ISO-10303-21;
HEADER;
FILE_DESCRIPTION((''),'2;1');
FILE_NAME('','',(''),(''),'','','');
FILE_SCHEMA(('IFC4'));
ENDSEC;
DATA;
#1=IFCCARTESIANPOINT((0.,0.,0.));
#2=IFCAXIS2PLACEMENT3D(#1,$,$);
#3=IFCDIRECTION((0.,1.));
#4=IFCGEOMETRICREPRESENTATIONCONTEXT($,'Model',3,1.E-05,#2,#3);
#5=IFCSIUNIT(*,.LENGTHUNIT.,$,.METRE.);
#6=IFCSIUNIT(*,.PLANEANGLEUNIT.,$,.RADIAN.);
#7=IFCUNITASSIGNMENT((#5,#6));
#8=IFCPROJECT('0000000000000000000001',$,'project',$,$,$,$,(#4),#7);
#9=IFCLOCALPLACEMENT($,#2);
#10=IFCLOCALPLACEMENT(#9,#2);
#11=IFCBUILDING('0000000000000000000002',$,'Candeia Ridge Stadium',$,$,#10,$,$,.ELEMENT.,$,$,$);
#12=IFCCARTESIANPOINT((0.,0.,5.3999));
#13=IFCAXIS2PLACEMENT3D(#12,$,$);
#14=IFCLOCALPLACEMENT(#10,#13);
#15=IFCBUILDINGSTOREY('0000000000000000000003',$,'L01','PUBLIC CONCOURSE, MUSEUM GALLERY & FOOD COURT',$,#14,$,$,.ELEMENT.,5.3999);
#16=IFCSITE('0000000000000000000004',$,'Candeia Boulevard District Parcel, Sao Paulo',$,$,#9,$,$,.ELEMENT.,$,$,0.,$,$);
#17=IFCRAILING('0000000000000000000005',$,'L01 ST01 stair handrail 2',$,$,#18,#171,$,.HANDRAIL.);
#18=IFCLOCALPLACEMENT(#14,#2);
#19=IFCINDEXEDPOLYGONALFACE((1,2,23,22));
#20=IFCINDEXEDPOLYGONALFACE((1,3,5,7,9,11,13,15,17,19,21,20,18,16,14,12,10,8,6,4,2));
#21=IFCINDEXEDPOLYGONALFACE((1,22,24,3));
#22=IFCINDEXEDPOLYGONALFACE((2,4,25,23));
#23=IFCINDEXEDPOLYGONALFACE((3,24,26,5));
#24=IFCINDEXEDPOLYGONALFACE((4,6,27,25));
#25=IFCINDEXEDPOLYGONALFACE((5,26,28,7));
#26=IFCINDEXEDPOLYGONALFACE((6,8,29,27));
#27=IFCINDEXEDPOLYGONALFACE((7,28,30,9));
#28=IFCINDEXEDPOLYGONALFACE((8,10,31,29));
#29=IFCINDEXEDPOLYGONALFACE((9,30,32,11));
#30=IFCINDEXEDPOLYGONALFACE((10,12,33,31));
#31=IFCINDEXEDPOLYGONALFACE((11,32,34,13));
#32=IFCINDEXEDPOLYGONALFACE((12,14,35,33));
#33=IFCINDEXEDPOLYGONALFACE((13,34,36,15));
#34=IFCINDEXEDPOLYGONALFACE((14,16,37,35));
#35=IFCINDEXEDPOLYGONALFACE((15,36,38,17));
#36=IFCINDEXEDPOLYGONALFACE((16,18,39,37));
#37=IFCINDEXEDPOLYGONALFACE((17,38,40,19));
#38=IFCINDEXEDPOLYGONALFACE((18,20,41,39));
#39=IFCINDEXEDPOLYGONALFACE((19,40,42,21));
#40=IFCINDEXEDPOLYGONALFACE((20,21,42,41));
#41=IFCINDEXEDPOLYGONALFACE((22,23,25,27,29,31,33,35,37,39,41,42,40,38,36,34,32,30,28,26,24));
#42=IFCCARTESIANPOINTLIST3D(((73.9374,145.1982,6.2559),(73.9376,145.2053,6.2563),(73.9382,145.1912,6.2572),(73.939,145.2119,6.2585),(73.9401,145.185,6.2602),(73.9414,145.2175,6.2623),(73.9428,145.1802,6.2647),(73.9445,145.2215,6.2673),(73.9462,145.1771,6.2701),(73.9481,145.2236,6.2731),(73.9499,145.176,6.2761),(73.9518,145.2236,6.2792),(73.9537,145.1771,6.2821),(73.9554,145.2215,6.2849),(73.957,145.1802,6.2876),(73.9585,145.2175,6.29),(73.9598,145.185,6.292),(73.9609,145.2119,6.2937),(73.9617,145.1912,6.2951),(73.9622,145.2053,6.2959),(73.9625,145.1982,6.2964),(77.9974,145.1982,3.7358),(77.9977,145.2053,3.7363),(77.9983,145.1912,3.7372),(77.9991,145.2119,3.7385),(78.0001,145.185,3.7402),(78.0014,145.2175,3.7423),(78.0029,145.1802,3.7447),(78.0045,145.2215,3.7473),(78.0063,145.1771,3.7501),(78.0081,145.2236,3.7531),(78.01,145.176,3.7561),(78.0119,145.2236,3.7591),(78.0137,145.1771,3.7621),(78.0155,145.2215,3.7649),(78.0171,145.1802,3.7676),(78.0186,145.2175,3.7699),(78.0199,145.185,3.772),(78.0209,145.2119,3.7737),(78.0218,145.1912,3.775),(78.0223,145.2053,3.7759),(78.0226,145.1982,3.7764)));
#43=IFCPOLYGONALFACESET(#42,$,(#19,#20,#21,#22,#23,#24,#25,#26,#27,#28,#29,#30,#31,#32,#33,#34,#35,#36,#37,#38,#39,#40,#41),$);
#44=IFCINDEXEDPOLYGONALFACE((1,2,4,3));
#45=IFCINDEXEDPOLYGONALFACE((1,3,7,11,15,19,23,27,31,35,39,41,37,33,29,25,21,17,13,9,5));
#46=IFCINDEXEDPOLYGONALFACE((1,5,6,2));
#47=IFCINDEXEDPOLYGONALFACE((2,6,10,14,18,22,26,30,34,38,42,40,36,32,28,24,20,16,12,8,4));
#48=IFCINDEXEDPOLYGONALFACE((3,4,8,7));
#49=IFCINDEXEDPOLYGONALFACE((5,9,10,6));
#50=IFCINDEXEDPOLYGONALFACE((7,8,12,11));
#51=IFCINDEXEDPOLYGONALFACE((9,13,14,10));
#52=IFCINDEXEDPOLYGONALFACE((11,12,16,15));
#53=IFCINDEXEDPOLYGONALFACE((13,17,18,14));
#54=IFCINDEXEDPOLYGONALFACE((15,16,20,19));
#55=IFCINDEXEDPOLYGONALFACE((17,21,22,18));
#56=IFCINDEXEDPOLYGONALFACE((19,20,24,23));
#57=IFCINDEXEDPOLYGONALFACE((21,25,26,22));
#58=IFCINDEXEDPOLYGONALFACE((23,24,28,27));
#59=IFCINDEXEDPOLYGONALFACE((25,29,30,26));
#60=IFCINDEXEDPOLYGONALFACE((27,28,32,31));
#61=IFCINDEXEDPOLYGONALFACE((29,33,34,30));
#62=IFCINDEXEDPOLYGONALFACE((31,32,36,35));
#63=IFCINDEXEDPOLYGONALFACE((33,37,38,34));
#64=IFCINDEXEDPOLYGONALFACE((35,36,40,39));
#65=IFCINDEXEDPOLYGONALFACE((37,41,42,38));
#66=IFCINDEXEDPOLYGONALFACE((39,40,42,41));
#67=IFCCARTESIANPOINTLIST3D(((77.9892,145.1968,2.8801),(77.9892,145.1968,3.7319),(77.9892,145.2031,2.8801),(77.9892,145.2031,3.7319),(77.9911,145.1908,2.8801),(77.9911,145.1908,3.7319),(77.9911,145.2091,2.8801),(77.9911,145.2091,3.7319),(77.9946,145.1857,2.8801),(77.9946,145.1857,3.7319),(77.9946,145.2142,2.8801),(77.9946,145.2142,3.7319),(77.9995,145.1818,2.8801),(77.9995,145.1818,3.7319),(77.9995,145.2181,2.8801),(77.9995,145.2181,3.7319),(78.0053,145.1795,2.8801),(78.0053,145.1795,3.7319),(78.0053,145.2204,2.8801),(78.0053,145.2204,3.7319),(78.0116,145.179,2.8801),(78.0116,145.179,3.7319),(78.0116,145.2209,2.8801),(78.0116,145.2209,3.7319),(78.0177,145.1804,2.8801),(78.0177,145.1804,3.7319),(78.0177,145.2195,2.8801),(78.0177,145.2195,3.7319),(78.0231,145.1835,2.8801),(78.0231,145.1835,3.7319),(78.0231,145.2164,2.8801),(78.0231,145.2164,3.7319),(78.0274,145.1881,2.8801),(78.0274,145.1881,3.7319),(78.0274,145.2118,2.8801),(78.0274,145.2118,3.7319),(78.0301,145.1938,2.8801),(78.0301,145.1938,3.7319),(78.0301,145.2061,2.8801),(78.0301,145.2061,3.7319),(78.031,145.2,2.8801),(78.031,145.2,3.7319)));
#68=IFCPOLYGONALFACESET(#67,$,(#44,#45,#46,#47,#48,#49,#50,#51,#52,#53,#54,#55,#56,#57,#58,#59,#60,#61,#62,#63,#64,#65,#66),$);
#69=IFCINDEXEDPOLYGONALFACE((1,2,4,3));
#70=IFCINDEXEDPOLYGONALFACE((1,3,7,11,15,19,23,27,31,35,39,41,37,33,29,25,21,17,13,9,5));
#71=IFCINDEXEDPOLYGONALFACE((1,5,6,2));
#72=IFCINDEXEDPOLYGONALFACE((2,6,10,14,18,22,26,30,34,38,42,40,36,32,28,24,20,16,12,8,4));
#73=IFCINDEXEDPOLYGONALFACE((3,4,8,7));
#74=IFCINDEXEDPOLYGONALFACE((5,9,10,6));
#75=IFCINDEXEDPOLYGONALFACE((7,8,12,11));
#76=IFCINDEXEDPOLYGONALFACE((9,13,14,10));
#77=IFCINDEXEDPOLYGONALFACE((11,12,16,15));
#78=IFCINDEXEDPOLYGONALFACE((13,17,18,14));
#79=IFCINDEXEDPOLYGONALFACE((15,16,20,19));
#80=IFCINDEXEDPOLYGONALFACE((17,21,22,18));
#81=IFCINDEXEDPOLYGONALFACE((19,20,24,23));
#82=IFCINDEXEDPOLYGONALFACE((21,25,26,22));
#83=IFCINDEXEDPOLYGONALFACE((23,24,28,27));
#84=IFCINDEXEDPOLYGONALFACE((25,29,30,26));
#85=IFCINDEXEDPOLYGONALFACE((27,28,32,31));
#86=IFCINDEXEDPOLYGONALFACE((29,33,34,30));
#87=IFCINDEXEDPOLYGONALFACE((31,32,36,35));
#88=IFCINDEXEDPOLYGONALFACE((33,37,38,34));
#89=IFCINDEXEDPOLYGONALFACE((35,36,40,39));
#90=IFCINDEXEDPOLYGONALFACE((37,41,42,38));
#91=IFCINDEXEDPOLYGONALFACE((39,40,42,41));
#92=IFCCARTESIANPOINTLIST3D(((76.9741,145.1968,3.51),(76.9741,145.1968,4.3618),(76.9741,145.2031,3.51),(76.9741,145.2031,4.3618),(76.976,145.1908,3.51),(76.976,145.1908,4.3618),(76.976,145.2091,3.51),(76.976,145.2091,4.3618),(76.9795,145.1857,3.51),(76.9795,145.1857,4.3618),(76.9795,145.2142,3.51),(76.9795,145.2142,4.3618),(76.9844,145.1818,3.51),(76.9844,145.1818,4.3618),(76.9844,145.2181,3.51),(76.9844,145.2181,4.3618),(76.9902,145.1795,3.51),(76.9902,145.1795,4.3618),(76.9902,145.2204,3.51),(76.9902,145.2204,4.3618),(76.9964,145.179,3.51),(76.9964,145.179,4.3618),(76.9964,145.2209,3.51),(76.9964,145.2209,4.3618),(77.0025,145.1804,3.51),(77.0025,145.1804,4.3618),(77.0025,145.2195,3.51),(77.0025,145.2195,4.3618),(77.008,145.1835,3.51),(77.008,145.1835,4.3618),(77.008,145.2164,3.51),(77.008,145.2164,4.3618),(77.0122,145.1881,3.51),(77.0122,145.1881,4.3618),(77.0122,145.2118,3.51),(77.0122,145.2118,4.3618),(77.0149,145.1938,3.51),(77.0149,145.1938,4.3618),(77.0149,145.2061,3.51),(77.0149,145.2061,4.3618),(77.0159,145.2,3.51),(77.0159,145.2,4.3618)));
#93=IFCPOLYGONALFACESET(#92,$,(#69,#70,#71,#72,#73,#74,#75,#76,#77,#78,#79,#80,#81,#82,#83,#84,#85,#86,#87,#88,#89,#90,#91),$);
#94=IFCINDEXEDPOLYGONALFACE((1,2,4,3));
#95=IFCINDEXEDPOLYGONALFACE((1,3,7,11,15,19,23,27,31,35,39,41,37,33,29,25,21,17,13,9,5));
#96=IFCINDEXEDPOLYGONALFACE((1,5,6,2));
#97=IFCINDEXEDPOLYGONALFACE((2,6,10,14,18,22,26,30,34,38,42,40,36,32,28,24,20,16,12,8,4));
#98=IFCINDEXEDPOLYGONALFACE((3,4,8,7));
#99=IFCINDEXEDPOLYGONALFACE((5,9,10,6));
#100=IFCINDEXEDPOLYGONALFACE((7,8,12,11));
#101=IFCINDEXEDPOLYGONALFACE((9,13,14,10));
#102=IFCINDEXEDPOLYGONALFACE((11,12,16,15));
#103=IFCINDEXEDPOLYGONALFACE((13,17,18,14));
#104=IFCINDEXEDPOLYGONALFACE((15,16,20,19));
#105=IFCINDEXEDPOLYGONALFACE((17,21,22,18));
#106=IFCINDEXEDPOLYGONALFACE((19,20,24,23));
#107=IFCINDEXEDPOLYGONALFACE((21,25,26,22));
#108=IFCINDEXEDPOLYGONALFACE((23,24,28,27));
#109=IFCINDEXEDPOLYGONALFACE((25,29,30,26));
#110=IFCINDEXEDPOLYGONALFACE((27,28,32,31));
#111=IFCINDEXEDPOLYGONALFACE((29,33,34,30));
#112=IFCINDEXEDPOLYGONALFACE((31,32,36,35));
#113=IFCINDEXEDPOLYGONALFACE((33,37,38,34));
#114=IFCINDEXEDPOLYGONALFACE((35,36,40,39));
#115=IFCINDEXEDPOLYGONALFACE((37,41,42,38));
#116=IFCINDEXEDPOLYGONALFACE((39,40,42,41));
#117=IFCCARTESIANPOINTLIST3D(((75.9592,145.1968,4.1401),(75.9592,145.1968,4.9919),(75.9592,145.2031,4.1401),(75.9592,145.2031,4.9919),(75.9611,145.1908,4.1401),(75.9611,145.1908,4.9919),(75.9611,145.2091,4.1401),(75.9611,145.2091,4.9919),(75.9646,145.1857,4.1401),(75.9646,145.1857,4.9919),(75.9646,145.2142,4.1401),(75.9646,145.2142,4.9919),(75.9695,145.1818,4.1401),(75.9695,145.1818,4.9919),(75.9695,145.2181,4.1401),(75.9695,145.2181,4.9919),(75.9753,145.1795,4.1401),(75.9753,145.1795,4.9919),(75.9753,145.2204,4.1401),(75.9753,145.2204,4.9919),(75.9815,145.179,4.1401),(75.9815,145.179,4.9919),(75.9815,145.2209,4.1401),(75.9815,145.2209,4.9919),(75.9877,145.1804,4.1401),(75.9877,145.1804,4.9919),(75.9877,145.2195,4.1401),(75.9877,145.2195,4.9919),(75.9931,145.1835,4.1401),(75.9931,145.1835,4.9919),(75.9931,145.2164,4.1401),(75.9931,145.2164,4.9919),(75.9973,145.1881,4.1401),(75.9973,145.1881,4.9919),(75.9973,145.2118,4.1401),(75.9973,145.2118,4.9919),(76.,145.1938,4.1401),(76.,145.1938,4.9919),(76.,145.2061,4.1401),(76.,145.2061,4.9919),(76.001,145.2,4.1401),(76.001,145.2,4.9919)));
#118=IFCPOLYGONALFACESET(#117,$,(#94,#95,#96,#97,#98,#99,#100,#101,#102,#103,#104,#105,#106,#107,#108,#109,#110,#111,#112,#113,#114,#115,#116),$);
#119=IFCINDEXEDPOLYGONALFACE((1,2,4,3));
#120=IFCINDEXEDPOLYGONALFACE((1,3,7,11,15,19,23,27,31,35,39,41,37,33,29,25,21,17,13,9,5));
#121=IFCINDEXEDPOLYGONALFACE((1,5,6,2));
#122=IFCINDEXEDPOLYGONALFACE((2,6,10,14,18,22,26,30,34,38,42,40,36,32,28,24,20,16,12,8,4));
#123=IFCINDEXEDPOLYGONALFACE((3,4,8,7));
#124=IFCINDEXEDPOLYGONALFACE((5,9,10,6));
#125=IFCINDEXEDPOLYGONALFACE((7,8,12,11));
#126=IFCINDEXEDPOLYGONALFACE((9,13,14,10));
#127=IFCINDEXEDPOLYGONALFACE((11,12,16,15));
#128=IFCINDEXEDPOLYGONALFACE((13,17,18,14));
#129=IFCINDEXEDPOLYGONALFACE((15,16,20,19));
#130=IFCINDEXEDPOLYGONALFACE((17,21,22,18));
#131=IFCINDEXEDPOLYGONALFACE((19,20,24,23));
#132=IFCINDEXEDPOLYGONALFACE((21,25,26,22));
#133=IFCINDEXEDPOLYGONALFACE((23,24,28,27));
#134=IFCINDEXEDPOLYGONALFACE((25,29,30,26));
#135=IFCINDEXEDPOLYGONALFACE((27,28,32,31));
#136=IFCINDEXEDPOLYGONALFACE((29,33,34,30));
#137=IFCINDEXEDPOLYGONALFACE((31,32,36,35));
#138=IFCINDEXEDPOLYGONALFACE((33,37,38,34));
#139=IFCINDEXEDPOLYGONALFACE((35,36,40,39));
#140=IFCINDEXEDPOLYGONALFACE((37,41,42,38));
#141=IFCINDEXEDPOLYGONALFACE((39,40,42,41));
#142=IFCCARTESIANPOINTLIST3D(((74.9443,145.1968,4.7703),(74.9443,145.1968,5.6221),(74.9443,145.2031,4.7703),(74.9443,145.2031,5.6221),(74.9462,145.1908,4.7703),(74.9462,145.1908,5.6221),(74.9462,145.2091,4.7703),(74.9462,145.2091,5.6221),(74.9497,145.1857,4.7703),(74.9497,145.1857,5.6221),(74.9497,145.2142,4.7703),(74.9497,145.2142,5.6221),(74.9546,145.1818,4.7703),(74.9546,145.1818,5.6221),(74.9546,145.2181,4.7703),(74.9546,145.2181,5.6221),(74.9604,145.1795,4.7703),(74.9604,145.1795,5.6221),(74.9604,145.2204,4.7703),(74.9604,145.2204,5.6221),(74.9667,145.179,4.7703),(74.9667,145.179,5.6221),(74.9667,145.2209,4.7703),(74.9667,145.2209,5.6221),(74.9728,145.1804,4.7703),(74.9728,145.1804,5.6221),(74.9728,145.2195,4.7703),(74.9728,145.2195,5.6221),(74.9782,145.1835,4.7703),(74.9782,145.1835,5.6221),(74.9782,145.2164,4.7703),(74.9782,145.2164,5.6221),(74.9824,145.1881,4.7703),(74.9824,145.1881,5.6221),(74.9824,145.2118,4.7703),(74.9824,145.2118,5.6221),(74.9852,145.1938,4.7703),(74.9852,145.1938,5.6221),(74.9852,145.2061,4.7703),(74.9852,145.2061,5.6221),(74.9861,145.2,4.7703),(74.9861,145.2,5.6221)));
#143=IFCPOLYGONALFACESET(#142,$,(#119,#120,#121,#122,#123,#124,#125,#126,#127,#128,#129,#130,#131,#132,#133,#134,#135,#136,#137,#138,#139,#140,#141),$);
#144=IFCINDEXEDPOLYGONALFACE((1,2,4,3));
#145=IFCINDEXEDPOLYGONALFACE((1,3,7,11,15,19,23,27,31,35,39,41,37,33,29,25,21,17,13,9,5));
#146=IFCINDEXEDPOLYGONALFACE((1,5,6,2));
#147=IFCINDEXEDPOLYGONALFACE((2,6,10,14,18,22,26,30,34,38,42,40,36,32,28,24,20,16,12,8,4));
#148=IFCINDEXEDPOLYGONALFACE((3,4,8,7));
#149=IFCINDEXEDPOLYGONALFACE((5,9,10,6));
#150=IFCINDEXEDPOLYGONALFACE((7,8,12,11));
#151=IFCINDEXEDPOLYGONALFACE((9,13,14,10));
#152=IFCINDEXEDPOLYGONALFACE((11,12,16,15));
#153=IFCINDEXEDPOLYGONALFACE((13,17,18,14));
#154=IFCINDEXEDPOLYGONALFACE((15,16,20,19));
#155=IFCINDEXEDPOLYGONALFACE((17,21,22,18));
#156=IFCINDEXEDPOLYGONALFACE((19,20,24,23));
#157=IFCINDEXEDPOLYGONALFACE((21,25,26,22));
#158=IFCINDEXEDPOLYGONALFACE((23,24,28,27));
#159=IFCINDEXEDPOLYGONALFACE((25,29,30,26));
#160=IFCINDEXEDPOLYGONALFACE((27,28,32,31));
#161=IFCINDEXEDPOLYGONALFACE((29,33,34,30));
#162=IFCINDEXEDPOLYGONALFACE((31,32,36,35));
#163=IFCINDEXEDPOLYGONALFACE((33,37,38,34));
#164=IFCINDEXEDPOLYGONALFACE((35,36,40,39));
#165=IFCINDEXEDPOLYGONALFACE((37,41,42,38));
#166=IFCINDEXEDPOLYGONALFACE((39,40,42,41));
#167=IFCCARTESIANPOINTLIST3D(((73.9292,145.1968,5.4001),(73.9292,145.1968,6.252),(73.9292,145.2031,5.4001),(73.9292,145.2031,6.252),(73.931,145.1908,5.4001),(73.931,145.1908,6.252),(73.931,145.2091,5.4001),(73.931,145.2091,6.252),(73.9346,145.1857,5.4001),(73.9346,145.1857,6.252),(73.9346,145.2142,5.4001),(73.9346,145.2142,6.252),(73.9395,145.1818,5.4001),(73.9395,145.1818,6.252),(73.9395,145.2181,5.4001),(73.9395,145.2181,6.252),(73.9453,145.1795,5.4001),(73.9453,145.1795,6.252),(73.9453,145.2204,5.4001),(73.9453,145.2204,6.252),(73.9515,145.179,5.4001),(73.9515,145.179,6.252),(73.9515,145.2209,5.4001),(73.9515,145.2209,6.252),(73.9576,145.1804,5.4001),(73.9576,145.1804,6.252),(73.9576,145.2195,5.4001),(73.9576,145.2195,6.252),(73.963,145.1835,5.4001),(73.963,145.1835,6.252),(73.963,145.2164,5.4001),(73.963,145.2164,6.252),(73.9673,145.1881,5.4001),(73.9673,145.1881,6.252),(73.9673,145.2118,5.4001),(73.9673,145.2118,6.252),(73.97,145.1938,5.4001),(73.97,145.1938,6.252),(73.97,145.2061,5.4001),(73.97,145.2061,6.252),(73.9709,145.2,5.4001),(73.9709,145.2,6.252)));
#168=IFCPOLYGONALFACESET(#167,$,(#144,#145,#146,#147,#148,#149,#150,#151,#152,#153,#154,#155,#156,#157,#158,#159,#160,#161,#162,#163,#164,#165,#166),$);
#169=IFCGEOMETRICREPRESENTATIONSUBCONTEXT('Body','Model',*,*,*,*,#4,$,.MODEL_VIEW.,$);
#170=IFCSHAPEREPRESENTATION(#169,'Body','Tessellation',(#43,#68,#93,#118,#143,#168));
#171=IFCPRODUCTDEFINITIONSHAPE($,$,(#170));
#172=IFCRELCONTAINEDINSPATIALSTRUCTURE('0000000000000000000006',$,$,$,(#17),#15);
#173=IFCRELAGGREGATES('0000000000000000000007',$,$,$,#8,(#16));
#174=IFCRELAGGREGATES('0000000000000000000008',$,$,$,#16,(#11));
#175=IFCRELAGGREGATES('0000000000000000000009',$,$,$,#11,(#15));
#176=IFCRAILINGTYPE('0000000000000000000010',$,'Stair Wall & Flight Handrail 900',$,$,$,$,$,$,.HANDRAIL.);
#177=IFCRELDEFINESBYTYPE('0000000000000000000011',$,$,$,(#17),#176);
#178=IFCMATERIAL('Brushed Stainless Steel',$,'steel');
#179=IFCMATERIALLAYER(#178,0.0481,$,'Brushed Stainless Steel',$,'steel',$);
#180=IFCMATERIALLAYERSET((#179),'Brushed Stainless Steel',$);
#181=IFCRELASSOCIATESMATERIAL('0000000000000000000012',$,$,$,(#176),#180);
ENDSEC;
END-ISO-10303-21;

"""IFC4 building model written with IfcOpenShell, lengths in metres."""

from ifc_helpers import new_model, si_unit, direction, frame, origin, origin_2d, place, context, subcontext, project, spatial, circle, extrude, material, layer, layer_set, type_object, element, save


model = new_model("IFC4")

# Units and contexts
model_context = context("Model", 3, precision=1e-05, world=origin(), true_north=direction((0.0, 1.0)))
body_context = subcontext(model_context, "Body", "Model", "MODEL_VIEW")
ifc_project = project(units=[si_unit("LENGTHUNIT", "METRE"), si_unit("PLANEANGLEUNIT", "RADIAN")], contexts=[model_context])

# Site, building, storey
site_placement = place(None, origin())
site = spatial("IfcSite", under=ifc_project, at=site_placement, Name="Candeia Boulevard District Parcel, Sao Paulo", CompositionType="ELEMENT", RefElevation=0.0)
building_placement = place(site_placement, origin())
building = spatial("IfcBuilding", under=site, at=building_placement, Name="Candeia Ridge Stadium", CompositionType="ELEMENT")
storey_placement = place(building_placement, frame((0.0, 0.0, 5.3999)))
storey = spatial("IfcBuildingStorey", under=building, at=storey_placement, Name="L01", Description="PUBLIC CONCOURSE, MUSEUM GALLERY & FOOD COURT", CompositionType="ELEMENT", Elevation=5.3999)

# Railing
ifc_material_1 = material(Name="Brushed Stainless Steel", Category="steel")
ifc_layer_1 = layer(ifc_material_1, 0.0481, Name="Brushed Stainless Steel", Category="steel")
ifc_layer_set_1 = layer_set([ifc_layer_1], Name="Brushed Stainless Steel")
railing_type_1 = type_object("IfcRailingType", Name="Stair Wall & Flight Handrail 900", PredefinedType="HANDRAIL", material=ifc_layer_set_1)
railing_1_placement = place(storey_placement, frame((78.01, 145.2, 2.8801)))
element("IfcRailing", 1, at=railing_1_placement, inside=storey, type_object=railing_type_1, Name="L01 ST01 stair handrail 2", PredefinedType="HANDRAIL", context=body_context, shape_type="SweptSolid", body=[
    extrude(circle(Radius=0.0239, at=origin_2d()), frame((0.0, 0.0, 0.876), z_axis=(-0.849642, 0.0, 0.52736), x_axis=(0.0, -1.0, 0.0)), (0.0, 0.0, 1.0), 4.7786),
    extrude(circle(Radius=0.021, at=origin_2d()), origin(), (0.0, 0.0, 1.0), 0.8518),
    extrude(circle(Radius=0.021, at=origin_2d()), frame((-1.0151, 0.0, 0.6299)), (0.0, 0.0, 1.0), 0.8518),
    extrude(circle(Radius=0.021, at=origin_2d()), frame((-2.03, 0.0, 1.26)), (0.0, 0.0, 1.0), 0.8518),
    extrude(circle(Radius=0.021, at=origin_2d()), frame((-3.0449, 0.0, 1.8901)), (0.0, 0.0, 1.0), 0.8518),
    extrude(circle(Radius=0.021, at=origin_2d()), frame((-4.0601, 0.0, 2.52)), (0.0, 0.0, 1.0), 0.8518),
])

save(model, "model.ifc")
